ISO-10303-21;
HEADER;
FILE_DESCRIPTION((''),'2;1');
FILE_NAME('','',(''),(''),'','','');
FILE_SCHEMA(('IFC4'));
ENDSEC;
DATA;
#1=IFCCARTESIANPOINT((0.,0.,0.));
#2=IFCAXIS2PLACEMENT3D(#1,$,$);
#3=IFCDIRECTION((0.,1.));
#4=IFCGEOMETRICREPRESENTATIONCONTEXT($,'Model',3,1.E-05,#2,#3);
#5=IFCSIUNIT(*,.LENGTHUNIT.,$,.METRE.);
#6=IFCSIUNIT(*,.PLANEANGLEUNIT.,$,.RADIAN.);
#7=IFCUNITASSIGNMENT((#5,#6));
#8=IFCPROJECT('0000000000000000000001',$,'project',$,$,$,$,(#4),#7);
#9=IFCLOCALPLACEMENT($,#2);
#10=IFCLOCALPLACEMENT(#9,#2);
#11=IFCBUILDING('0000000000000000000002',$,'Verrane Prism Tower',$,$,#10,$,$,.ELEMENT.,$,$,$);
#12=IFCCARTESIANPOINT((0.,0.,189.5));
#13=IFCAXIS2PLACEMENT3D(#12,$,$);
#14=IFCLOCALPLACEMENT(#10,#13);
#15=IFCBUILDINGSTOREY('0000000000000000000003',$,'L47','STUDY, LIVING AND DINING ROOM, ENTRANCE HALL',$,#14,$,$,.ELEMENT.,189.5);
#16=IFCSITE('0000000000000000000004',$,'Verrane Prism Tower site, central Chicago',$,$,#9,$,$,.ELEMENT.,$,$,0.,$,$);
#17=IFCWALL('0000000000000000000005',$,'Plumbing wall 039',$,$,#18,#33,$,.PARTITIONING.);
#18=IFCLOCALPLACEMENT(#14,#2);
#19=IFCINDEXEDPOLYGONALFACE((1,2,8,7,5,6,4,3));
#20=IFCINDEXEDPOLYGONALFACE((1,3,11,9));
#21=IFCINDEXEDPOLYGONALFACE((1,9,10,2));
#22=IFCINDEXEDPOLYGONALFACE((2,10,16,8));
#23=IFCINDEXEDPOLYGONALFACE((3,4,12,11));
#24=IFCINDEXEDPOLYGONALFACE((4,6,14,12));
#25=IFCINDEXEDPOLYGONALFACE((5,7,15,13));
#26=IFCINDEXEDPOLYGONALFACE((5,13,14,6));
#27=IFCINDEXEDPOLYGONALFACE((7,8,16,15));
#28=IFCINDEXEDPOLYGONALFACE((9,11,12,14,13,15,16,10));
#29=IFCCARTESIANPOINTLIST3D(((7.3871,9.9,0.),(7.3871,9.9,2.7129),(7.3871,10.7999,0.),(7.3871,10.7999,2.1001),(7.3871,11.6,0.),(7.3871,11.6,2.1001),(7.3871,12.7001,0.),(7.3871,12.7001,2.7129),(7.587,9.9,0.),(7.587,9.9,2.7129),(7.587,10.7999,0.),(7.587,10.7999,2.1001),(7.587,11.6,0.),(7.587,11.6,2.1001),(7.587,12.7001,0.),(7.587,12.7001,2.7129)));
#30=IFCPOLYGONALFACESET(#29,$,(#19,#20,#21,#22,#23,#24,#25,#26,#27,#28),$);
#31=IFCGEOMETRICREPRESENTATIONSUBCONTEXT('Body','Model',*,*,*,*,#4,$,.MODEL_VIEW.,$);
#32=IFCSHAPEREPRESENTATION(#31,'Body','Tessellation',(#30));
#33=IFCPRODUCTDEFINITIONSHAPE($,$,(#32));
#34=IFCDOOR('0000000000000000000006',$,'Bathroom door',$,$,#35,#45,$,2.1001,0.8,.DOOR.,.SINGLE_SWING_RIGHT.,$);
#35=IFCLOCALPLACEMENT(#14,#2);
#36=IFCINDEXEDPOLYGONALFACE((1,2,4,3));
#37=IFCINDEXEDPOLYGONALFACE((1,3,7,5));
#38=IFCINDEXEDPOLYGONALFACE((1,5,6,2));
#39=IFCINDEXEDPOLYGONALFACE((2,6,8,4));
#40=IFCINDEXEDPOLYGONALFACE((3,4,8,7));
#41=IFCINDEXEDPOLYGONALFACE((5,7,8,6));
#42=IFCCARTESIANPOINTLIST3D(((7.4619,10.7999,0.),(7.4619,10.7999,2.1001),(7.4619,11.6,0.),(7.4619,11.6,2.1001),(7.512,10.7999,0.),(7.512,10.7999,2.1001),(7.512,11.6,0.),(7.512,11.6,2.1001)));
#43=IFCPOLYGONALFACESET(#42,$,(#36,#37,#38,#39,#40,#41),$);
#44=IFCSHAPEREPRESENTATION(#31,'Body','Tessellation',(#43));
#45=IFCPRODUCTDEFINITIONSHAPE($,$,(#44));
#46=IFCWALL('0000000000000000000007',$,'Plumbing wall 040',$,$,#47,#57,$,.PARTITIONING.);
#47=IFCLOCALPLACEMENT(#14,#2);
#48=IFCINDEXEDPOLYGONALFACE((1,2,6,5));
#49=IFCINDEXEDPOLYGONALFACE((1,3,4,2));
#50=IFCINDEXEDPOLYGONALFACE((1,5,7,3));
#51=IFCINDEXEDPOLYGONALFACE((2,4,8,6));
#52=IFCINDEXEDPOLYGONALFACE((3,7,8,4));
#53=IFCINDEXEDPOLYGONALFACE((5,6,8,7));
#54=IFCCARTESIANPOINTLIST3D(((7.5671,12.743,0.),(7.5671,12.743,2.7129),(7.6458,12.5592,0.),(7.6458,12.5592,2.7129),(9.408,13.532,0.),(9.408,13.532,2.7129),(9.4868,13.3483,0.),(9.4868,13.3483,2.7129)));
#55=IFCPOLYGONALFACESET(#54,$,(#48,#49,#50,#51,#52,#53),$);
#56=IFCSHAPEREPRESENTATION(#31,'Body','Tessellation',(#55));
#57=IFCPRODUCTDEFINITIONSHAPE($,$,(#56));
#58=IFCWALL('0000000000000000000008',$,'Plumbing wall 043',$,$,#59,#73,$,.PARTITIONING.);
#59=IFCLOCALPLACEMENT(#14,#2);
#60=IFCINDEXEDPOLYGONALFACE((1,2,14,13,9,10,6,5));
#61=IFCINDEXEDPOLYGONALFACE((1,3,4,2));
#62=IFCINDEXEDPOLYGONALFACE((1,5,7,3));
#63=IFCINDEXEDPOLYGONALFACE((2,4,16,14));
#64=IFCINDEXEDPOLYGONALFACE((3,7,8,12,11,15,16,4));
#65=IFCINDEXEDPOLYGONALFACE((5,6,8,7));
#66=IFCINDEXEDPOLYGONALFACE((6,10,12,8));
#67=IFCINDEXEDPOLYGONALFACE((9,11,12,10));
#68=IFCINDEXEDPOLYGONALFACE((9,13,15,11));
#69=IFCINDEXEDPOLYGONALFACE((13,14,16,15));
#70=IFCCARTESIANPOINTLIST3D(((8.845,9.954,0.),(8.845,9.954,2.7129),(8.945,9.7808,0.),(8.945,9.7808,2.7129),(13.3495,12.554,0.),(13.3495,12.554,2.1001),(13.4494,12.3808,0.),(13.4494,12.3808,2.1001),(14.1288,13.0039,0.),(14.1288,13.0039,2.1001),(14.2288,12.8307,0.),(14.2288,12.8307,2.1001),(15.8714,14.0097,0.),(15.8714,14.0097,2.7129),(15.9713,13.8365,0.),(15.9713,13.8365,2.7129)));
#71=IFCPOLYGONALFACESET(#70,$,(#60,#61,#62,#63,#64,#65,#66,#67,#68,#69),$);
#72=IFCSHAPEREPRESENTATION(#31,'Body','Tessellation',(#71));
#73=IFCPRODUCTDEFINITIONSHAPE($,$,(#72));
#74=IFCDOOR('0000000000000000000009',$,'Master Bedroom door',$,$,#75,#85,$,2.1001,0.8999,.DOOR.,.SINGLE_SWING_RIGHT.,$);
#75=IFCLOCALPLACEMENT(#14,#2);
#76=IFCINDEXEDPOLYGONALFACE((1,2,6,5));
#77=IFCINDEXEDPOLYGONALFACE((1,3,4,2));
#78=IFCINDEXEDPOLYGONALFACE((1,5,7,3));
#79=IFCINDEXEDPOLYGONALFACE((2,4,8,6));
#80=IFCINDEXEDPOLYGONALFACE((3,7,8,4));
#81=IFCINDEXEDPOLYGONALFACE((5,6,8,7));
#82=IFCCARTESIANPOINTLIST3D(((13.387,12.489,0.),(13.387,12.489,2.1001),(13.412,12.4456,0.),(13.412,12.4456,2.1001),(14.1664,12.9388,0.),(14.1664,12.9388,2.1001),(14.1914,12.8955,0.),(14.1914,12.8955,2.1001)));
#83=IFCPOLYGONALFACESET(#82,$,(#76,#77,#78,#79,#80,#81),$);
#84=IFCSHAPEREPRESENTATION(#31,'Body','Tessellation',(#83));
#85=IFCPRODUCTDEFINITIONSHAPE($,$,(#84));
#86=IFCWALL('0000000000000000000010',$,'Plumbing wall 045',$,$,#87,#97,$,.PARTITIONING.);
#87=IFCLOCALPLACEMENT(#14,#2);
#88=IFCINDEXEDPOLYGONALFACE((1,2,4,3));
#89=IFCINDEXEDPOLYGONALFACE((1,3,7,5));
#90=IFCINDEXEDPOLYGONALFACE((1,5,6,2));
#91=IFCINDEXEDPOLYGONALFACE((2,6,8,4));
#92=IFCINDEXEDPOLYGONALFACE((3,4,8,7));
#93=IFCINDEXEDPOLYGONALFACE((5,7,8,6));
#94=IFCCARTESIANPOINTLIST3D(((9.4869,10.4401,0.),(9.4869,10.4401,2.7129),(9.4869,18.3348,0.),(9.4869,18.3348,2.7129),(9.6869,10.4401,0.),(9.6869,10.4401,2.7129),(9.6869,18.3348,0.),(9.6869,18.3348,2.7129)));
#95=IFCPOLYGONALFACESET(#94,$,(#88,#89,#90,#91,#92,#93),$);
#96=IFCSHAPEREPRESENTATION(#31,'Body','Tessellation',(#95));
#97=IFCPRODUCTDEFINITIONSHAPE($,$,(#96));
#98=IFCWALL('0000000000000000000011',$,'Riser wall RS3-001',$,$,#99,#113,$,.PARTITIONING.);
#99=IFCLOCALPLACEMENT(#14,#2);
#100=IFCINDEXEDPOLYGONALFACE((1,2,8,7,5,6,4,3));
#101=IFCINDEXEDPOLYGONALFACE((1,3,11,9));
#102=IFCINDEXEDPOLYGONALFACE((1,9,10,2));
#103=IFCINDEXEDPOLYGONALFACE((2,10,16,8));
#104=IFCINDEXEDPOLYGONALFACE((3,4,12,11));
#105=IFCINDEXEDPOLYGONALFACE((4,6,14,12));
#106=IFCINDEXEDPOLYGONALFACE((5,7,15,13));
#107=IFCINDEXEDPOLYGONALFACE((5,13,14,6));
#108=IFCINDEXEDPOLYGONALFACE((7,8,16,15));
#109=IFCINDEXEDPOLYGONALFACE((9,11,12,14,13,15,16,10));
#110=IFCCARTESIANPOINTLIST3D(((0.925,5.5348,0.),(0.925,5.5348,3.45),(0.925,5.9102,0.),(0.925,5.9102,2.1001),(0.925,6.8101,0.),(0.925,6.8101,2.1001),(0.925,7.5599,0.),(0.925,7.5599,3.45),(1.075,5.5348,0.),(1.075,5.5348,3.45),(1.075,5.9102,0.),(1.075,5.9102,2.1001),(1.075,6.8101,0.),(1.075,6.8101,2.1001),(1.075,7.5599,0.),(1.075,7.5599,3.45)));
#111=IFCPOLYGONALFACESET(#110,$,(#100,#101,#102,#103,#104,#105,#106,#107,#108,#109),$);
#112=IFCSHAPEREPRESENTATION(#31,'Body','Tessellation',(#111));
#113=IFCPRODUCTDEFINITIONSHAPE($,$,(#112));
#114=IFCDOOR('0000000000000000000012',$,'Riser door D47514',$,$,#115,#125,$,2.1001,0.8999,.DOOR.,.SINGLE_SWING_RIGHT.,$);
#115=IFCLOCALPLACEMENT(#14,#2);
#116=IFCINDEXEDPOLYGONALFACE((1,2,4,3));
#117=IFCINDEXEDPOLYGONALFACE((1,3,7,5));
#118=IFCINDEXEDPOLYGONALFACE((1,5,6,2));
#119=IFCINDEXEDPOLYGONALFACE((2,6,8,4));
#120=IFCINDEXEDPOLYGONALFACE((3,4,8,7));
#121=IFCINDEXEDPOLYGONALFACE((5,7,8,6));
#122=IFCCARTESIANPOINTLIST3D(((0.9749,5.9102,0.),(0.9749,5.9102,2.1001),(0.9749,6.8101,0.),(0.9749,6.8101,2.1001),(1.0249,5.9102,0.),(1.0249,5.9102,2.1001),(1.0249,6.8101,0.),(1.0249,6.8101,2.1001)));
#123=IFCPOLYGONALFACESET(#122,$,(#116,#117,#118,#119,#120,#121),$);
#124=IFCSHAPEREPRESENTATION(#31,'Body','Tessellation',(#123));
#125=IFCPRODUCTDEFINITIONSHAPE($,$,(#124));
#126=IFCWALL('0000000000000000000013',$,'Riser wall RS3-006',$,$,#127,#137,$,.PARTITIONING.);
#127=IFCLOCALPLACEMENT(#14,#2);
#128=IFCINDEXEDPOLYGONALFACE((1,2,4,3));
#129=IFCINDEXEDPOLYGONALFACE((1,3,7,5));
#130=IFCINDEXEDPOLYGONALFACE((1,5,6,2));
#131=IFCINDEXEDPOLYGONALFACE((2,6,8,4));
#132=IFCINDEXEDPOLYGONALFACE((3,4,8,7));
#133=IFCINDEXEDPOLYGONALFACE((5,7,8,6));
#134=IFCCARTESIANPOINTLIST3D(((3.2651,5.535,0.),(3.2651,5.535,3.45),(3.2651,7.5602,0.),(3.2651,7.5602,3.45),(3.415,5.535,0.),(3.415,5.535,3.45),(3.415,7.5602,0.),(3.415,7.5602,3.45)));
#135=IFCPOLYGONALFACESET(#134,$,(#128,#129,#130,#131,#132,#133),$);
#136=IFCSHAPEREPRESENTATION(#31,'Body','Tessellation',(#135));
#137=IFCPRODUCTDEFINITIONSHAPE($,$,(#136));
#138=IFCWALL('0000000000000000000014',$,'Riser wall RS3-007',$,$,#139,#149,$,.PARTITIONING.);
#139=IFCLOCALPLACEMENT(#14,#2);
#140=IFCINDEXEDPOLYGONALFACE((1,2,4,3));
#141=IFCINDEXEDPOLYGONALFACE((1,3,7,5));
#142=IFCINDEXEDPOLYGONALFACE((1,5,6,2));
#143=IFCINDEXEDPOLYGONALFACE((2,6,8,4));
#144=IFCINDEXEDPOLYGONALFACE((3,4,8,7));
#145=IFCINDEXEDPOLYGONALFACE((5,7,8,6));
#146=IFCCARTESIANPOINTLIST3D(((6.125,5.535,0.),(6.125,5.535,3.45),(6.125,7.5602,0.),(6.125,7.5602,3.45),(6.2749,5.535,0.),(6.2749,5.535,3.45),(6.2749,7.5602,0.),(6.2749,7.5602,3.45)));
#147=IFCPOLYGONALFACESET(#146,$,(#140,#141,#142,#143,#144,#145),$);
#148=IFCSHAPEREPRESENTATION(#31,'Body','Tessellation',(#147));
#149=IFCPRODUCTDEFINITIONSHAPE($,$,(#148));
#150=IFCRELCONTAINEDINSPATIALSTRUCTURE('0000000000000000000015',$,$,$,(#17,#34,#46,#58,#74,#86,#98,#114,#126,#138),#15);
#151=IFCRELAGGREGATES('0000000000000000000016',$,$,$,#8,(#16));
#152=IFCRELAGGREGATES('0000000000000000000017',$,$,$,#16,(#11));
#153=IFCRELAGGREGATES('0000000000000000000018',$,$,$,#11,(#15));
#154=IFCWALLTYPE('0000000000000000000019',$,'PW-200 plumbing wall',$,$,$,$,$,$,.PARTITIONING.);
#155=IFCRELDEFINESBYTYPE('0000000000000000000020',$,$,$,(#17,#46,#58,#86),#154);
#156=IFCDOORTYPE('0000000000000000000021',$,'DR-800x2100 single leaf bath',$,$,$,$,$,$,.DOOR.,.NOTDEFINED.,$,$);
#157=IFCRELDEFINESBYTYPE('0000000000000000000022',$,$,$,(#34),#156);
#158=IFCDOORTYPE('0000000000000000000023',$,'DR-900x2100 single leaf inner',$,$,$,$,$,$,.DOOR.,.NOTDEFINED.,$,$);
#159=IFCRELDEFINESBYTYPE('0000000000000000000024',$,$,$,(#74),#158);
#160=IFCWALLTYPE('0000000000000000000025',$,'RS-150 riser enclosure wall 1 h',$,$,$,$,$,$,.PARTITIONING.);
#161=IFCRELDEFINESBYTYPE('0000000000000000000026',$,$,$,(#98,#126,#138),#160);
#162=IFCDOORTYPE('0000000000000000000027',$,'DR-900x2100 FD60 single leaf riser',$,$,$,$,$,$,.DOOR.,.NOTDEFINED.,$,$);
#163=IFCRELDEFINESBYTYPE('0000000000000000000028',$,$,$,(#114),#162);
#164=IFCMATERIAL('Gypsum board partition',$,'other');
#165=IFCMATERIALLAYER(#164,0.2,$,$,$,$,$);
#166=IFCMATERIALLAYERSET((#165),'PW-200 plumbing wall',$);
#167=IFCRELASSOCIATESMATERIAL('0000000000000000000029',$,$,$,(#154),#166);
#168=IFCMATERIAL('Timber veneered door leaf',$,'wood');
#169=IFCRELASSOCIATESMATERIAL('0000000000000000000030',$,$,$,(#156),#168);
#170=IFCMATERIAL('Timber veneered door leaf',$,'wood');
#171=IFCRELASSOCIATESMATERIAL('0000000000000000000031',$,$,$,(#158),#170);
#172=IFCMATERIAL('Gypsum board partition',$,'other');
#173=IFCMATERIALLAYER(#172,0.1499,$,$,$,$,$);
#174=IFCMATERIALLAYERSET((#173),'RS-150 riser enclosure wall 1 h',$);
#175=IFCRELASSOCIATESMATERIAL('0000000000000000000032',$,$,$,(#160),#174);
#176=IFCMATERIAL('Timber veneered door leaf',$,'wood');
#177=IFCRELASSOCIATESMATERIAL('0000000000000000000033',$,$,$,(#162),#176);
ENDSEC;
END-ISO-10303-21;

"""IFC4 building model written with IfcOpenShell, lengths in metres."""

from ifc_helpers import new_model, si_unit, direction, frame, frame_2d, origin, place, context, subcontext, project, spatial, rectangle, extrude, material, layer, layer_set, type_object, element, fill, save


model = new_model("IFC4")

# Units and contexts
model_context = context("Model", 3, precision=1e-05, world=origin(), true_north=direction((0.0, 1.0)))
body_context = subcontext(model_context, "Body", "Model", "MODEL_VIEW")
ifc_project = project(units=[si_unit("LENGTHUNIT", "METRE"), si_unit("PLANEANGLEUNIT", "RADIAN")], contexts=[model_context])

# Site, building, storey
site_placement = place(None, origin())
site = spatial("IfcSite", under=ifc_project, at=site_placement, Name="Verrane Prism Tower site, central Chicago", CompositionType="ELEMENT", RefElevation=0.0)
building_placement = place(site_placement, origin())
building = spatial("IfcBuilding", under=site, at=building_placement, Name="Verrane Prism Tower", CompositionType="ELEMENT")
storey_placement = place(building_placement, frame((0.0, 0.0, 189.5)))
storey = spatial("IfcBuildingStorey", under=building, at=storey_placement, Name="L47", Description="STUDY, LIVING AND DINING ROOM, ENTRANCE HALL", CompositionType="ELEMENT", Elevation=189.5)

# Wall, opening, door
ifc_material_1 = material(Name="Gypsum board partition", Category="other")
ifc_layer_1 = layer(ifc_material_1, 0.2)
ifc_layer_set_1 = layer_set([ifc_layer_1], Name="PW-200 plumbing wall")
wall_type_1 = type_object("IfcWallType", Name="PW-200 plumbing wall", PredefinedType="PARTITIONING", material=ifc_layer_set_1)
wall_1_placement = place(storey_placement, frame((7.4871, 12.7, 0.0), z_axis=(0.0, 0.0, 1.0), x_axis=(0.0, -1.0, 0.0)))
wall_1 = element("IfcWall", 1, at=wall_1_placement, inside=storey, type_object=wall_type_1, Name="Plumbing wall 039", PredefinedType="PARTITIONING", context=body_context, shape_type="SweptSolid", body=[
    extrude(rectangle(XDim=2.8, YDim=0.2, at=frame_2d((1.3999, 0.0))), origin(), (0.0, 0.0, 1.0), 2.7129),
])
opening_1_placement = place(wall_1_placement, frame((1.1001, 0.0, 0.0)))
opening_1 = element("IfcOpeningElement", 2, at=opening_1_placement, cuts=wall_1, PredefinedType="OPENING", context=body_context, shape_type="SweptSolid", body=[
    extrude(rectangle(XDim=0.8, YDim=2.1001, at=frame_2d((0.3999, 1.05))), frame((0.0, 0.1099, 0.0), z_axis=(0.0, -1.0, 0.0), x_axis=(1.0, 0.0, 0.0)), (0.0, 0.0, 1.0), 0.22),
])
ifc_material_2 = material(Name="Timber veneered door leaf", Category="wood")
door_type_1 = type_object("IfcDoorType", Name="DR-800x2100 single leaf bath", OperationType="NOTDEFINED", PredefinedType="DOOR", material=ifc_material_2)
door_1_placement = place(opening_1_placement, origin())
door_1 = element("IfcDoor", 3, at=door_1_placement, inside=storey, type_object=door_type_1, Name="Bathroom door", OperationType="SINGLE_SWING_RIGHT", OverallHeight=2.1001, OverallWidth=0.8, PredefinedType="DOOR", context=body_context, shape_type="SweptSolid", body=[
    extrude(rectangle(XDim=0.8, YDim=2.1001, at=frame_2d((0.3999, 1.05))), frame((0.0, 0.0249, 0.0), z_axis=(0.0, -1.0, 0.0), x_axis=(1.0, 0.0, 0.0)), (0.0, 0.0, 1.0), 0.05),
])
fill(opening_1, door_1)

# Wall
wall_2_placement = place(storey_placement, frame((7.6064, 12.6511, 0.0), z_axis=(0.0, 0.0, 1.0), x_axis=(0.919139, 0.393934, 0.0)))
element("IfcWall", 4, at=wall_2_placement, inside=storey, type_object=wall_type_1, Name="Plumbing wall 040", PredefinedType="PARTITIONING", context=body_context, shape_type="SweptSolid", body=[
    extrude(rectangle(XDim=2.0029, YDim=0.2, at=frame_2d((1.0015, 0.0))), origin(), (0.0, 0.0, 1.0), 2.7129),
])

# Wall, opening, door
wall_3_placement = place(storey_placement, frame((8.895, 9.8674, 0.0), z_axis=(0.0, 0.0, 1.0), x_axis=(0.866079, 0.499907, 0.0)))
wall_3 = element("IfcWall", 5, at=wall_3_placement, inside=storey, type_object=wall_type_1, Name="Plumbing wall 043", PredefinedType="PARTITIONING", context=body_context, shape_type="SweptSolid", body=[
    extrude(rectangle(XDim=8.1128, YDim=0.2, at=frame_2d((4.0564, 0.0))), origin(), (0.0, 0.0, 1.0), 2.7129),
])
opening_2_placement = place(wall_3_placement, frame((5.2009, 0.0, 0.0)))
opening_2 = element("IfcOpeningElement", 6, at=opening_2_placement, cuts=wall_3, PredefinedType="OPENING", context=body_context, shape_type="SweptSolid", body=[
    extrude(rectangle(XDim=0.8999, YDim=2.1001, at=frame_2d((0.45, 1.05))), frame((0.0, 0.1099, 0.0), z_axis=(0.0, -1.0, 0.0), x_axis=(1.0, 0.0, 0.0)), (0.0, 0.0, 1.0), 0.22),
])
ifc_material_3 = material(Name="Timber veneered door leaf", Category="wood")
door_type_2 = type_object("IfcDoorType", Name="DR-900x2100 single leaf inner", OperationType="NOTDEFINED", PredefinedType="DOOR", material=ifc_material_3)
door_2_placement = place(opening_2_placement, origin())
door_2 = element("IfcDoor", 7, at=door_2_placement, inside=storey, type_object=door_type_2, Name="Master Bedroom door", OperationType="SINGLE_SWING_RIGHT", OverallHeight=2.1001, OverallWidth=0.8999, PredefinedType="DOOR", context=body_context, shape_type="SweptSolid", body=[
    extrude(rectangle(XDim=0.8999, YDim=2.1001, at=frame_2d((0.45, 1.05))), frame((0.0, 0.0249, 0.0), z_axis=(0.0, -1.0, 0.0), x_axis=(1.0, 0.0, 0.0)), (0.0, 0.0, 1.0), 0.05),
])
fill(opening_2, door_2)

# Wall
wall_4_placement = place(storey_placement, frame((9.5869, 10.4402, 0.0), z_axis=(0.0, 0.0, 1.0), x_axis=(0.0, 1.0, 0.0)))
element("IfcWall", 8, at=wall_4_placement, inside=storey, type_object=wall_type_1, Name="Plumbing wall 045", PredefinedType="PARTITIONING", context=body_context, shape_type="SweptSolid", body=[
    extrude(rectangle(XDim=7.8948, YDim=0.2, at=frame_2d((3.9473, 0.0))), origin(), (0.0, 0.0, 1.0), 2.7129),
])

# Wall, opening, door
ifc_material_4 = material(Name="Gypsum board partition", Category="other")
ifc_layer_2 = layer(ifc_material_4, 0.1499)
ifc_layer_set_2 = layer_set([ifc_layer_2], Name="RS-150 riser enclosure wall 1 h")
wall_type_2 = type_object("IfcWallType", Name="RS-150 riser enclosure wall 1 h", PredefinedType="PARTITIONING", material=ifc_layer_set_2)
wall_5_placement = place(storey_placement, frame((1.0, 7.5601, 0.0), z_axis=(0.0, 0.0, 1.0), x_axis=(0.0, -1.0, 0.0)))
wall_5 = element("IfcWall", 9, at=wall_5_placement, inside=storey, type_object=wall_type_2, Name="Riser wall RS3-001", PredefinedType="PARTITIONING", context=body_context, shape_type="SweptSolid", body=[
    extrude(rectangle(XDim=2.0251, YDim=0.1499, at=frame_2d((1.0127, 0.0))), origin(), (0.0, 0.0, 1.0), 3.45),
])
opening_3_placement = place(wall_5_placement, frame((0.75, 0.0, 0.0)))
opening_3 = element("IfcOpeningElement", 10, at=opening_3_placement, cuts=wall_5, PredefinedType="OPENING", context=body_context, shape_type="SweptSolid", body=[
    extrude(rectangle(XDim=0.8999, YDim=2.1001, at=frame_2d((0.45, 1.05))), frame((0.0, 0.085, 0.0), z_axis=(0.0, -1.0, 0.0), x_axis=(1.0, 0.0, 0.0)), (0.0, 0.0, 1.0), 0.1699),
])
ifc_material_5 = material(Name="Timber veneered door leaf", Category="wood")
door_type_3 = type_object("IfcDoorType", Name="DR-900x2100 FD60 single leaf riser", OperationType="NOTDEFINED", PredefinedType="DOOR", material=ifc_material_5)
door_3_placement = place(opening_3_placement, origin())
door_3 = element("IfcDoor", 11, at=door_3_placement, inside=storey, type_object=door_type_3, Name="Riser door D47514", OperationType="SINGLE_SWING_RIGHT", OverallHeight=2.1001, OverallWidth=0.8999, PredefinedType="DOOR", context=body_context, shape_type="SweptSolid", body=[
    extrude(rectangle(XDim=0.8999, YDim=2.1001, at=frame_2d((0.45, 1.05))), frame((0.0, 0.0249, 0.0), z_axis=(0.0, -1.0, 0.0), x_axis=(1.0, 0.0, 0.0)), (0.0, 0.0, 1.0), 0.05),
])
fill(opening_3, door_3)

# Walls
for number, where, z_axis, x_axis, name in (
    (12, (3.3401, 5.5349, 0.0), (0.0, 0.0, 1.0), (0.0, 1.0, 0.0), "Riser wall RS3-006"),
    (13, (6.2, 5.5349, 0.0), (0.0, 0.0, 1.0), (0.0, 1.0, 0.0), "Riser wall RS3-007"),
):
    element("IfcWall", number, at=place(storey_placement, frame(where, z_axis=z_axis, x_axis=x_axis)), inside=storey, type_object=wall_type_2, Name=name, PredefinedType="PARTITIONING", context=body_context, shape_type="SweptSolid", body=[
        extrude(rectangle(XDim=2.0251, YDim=0.1499, at=frame_2d((1.0127, 0.0))), origin(), (0.0, 0.0, 1.0), 3.45),
    ])

save(model, "model.ifc")
